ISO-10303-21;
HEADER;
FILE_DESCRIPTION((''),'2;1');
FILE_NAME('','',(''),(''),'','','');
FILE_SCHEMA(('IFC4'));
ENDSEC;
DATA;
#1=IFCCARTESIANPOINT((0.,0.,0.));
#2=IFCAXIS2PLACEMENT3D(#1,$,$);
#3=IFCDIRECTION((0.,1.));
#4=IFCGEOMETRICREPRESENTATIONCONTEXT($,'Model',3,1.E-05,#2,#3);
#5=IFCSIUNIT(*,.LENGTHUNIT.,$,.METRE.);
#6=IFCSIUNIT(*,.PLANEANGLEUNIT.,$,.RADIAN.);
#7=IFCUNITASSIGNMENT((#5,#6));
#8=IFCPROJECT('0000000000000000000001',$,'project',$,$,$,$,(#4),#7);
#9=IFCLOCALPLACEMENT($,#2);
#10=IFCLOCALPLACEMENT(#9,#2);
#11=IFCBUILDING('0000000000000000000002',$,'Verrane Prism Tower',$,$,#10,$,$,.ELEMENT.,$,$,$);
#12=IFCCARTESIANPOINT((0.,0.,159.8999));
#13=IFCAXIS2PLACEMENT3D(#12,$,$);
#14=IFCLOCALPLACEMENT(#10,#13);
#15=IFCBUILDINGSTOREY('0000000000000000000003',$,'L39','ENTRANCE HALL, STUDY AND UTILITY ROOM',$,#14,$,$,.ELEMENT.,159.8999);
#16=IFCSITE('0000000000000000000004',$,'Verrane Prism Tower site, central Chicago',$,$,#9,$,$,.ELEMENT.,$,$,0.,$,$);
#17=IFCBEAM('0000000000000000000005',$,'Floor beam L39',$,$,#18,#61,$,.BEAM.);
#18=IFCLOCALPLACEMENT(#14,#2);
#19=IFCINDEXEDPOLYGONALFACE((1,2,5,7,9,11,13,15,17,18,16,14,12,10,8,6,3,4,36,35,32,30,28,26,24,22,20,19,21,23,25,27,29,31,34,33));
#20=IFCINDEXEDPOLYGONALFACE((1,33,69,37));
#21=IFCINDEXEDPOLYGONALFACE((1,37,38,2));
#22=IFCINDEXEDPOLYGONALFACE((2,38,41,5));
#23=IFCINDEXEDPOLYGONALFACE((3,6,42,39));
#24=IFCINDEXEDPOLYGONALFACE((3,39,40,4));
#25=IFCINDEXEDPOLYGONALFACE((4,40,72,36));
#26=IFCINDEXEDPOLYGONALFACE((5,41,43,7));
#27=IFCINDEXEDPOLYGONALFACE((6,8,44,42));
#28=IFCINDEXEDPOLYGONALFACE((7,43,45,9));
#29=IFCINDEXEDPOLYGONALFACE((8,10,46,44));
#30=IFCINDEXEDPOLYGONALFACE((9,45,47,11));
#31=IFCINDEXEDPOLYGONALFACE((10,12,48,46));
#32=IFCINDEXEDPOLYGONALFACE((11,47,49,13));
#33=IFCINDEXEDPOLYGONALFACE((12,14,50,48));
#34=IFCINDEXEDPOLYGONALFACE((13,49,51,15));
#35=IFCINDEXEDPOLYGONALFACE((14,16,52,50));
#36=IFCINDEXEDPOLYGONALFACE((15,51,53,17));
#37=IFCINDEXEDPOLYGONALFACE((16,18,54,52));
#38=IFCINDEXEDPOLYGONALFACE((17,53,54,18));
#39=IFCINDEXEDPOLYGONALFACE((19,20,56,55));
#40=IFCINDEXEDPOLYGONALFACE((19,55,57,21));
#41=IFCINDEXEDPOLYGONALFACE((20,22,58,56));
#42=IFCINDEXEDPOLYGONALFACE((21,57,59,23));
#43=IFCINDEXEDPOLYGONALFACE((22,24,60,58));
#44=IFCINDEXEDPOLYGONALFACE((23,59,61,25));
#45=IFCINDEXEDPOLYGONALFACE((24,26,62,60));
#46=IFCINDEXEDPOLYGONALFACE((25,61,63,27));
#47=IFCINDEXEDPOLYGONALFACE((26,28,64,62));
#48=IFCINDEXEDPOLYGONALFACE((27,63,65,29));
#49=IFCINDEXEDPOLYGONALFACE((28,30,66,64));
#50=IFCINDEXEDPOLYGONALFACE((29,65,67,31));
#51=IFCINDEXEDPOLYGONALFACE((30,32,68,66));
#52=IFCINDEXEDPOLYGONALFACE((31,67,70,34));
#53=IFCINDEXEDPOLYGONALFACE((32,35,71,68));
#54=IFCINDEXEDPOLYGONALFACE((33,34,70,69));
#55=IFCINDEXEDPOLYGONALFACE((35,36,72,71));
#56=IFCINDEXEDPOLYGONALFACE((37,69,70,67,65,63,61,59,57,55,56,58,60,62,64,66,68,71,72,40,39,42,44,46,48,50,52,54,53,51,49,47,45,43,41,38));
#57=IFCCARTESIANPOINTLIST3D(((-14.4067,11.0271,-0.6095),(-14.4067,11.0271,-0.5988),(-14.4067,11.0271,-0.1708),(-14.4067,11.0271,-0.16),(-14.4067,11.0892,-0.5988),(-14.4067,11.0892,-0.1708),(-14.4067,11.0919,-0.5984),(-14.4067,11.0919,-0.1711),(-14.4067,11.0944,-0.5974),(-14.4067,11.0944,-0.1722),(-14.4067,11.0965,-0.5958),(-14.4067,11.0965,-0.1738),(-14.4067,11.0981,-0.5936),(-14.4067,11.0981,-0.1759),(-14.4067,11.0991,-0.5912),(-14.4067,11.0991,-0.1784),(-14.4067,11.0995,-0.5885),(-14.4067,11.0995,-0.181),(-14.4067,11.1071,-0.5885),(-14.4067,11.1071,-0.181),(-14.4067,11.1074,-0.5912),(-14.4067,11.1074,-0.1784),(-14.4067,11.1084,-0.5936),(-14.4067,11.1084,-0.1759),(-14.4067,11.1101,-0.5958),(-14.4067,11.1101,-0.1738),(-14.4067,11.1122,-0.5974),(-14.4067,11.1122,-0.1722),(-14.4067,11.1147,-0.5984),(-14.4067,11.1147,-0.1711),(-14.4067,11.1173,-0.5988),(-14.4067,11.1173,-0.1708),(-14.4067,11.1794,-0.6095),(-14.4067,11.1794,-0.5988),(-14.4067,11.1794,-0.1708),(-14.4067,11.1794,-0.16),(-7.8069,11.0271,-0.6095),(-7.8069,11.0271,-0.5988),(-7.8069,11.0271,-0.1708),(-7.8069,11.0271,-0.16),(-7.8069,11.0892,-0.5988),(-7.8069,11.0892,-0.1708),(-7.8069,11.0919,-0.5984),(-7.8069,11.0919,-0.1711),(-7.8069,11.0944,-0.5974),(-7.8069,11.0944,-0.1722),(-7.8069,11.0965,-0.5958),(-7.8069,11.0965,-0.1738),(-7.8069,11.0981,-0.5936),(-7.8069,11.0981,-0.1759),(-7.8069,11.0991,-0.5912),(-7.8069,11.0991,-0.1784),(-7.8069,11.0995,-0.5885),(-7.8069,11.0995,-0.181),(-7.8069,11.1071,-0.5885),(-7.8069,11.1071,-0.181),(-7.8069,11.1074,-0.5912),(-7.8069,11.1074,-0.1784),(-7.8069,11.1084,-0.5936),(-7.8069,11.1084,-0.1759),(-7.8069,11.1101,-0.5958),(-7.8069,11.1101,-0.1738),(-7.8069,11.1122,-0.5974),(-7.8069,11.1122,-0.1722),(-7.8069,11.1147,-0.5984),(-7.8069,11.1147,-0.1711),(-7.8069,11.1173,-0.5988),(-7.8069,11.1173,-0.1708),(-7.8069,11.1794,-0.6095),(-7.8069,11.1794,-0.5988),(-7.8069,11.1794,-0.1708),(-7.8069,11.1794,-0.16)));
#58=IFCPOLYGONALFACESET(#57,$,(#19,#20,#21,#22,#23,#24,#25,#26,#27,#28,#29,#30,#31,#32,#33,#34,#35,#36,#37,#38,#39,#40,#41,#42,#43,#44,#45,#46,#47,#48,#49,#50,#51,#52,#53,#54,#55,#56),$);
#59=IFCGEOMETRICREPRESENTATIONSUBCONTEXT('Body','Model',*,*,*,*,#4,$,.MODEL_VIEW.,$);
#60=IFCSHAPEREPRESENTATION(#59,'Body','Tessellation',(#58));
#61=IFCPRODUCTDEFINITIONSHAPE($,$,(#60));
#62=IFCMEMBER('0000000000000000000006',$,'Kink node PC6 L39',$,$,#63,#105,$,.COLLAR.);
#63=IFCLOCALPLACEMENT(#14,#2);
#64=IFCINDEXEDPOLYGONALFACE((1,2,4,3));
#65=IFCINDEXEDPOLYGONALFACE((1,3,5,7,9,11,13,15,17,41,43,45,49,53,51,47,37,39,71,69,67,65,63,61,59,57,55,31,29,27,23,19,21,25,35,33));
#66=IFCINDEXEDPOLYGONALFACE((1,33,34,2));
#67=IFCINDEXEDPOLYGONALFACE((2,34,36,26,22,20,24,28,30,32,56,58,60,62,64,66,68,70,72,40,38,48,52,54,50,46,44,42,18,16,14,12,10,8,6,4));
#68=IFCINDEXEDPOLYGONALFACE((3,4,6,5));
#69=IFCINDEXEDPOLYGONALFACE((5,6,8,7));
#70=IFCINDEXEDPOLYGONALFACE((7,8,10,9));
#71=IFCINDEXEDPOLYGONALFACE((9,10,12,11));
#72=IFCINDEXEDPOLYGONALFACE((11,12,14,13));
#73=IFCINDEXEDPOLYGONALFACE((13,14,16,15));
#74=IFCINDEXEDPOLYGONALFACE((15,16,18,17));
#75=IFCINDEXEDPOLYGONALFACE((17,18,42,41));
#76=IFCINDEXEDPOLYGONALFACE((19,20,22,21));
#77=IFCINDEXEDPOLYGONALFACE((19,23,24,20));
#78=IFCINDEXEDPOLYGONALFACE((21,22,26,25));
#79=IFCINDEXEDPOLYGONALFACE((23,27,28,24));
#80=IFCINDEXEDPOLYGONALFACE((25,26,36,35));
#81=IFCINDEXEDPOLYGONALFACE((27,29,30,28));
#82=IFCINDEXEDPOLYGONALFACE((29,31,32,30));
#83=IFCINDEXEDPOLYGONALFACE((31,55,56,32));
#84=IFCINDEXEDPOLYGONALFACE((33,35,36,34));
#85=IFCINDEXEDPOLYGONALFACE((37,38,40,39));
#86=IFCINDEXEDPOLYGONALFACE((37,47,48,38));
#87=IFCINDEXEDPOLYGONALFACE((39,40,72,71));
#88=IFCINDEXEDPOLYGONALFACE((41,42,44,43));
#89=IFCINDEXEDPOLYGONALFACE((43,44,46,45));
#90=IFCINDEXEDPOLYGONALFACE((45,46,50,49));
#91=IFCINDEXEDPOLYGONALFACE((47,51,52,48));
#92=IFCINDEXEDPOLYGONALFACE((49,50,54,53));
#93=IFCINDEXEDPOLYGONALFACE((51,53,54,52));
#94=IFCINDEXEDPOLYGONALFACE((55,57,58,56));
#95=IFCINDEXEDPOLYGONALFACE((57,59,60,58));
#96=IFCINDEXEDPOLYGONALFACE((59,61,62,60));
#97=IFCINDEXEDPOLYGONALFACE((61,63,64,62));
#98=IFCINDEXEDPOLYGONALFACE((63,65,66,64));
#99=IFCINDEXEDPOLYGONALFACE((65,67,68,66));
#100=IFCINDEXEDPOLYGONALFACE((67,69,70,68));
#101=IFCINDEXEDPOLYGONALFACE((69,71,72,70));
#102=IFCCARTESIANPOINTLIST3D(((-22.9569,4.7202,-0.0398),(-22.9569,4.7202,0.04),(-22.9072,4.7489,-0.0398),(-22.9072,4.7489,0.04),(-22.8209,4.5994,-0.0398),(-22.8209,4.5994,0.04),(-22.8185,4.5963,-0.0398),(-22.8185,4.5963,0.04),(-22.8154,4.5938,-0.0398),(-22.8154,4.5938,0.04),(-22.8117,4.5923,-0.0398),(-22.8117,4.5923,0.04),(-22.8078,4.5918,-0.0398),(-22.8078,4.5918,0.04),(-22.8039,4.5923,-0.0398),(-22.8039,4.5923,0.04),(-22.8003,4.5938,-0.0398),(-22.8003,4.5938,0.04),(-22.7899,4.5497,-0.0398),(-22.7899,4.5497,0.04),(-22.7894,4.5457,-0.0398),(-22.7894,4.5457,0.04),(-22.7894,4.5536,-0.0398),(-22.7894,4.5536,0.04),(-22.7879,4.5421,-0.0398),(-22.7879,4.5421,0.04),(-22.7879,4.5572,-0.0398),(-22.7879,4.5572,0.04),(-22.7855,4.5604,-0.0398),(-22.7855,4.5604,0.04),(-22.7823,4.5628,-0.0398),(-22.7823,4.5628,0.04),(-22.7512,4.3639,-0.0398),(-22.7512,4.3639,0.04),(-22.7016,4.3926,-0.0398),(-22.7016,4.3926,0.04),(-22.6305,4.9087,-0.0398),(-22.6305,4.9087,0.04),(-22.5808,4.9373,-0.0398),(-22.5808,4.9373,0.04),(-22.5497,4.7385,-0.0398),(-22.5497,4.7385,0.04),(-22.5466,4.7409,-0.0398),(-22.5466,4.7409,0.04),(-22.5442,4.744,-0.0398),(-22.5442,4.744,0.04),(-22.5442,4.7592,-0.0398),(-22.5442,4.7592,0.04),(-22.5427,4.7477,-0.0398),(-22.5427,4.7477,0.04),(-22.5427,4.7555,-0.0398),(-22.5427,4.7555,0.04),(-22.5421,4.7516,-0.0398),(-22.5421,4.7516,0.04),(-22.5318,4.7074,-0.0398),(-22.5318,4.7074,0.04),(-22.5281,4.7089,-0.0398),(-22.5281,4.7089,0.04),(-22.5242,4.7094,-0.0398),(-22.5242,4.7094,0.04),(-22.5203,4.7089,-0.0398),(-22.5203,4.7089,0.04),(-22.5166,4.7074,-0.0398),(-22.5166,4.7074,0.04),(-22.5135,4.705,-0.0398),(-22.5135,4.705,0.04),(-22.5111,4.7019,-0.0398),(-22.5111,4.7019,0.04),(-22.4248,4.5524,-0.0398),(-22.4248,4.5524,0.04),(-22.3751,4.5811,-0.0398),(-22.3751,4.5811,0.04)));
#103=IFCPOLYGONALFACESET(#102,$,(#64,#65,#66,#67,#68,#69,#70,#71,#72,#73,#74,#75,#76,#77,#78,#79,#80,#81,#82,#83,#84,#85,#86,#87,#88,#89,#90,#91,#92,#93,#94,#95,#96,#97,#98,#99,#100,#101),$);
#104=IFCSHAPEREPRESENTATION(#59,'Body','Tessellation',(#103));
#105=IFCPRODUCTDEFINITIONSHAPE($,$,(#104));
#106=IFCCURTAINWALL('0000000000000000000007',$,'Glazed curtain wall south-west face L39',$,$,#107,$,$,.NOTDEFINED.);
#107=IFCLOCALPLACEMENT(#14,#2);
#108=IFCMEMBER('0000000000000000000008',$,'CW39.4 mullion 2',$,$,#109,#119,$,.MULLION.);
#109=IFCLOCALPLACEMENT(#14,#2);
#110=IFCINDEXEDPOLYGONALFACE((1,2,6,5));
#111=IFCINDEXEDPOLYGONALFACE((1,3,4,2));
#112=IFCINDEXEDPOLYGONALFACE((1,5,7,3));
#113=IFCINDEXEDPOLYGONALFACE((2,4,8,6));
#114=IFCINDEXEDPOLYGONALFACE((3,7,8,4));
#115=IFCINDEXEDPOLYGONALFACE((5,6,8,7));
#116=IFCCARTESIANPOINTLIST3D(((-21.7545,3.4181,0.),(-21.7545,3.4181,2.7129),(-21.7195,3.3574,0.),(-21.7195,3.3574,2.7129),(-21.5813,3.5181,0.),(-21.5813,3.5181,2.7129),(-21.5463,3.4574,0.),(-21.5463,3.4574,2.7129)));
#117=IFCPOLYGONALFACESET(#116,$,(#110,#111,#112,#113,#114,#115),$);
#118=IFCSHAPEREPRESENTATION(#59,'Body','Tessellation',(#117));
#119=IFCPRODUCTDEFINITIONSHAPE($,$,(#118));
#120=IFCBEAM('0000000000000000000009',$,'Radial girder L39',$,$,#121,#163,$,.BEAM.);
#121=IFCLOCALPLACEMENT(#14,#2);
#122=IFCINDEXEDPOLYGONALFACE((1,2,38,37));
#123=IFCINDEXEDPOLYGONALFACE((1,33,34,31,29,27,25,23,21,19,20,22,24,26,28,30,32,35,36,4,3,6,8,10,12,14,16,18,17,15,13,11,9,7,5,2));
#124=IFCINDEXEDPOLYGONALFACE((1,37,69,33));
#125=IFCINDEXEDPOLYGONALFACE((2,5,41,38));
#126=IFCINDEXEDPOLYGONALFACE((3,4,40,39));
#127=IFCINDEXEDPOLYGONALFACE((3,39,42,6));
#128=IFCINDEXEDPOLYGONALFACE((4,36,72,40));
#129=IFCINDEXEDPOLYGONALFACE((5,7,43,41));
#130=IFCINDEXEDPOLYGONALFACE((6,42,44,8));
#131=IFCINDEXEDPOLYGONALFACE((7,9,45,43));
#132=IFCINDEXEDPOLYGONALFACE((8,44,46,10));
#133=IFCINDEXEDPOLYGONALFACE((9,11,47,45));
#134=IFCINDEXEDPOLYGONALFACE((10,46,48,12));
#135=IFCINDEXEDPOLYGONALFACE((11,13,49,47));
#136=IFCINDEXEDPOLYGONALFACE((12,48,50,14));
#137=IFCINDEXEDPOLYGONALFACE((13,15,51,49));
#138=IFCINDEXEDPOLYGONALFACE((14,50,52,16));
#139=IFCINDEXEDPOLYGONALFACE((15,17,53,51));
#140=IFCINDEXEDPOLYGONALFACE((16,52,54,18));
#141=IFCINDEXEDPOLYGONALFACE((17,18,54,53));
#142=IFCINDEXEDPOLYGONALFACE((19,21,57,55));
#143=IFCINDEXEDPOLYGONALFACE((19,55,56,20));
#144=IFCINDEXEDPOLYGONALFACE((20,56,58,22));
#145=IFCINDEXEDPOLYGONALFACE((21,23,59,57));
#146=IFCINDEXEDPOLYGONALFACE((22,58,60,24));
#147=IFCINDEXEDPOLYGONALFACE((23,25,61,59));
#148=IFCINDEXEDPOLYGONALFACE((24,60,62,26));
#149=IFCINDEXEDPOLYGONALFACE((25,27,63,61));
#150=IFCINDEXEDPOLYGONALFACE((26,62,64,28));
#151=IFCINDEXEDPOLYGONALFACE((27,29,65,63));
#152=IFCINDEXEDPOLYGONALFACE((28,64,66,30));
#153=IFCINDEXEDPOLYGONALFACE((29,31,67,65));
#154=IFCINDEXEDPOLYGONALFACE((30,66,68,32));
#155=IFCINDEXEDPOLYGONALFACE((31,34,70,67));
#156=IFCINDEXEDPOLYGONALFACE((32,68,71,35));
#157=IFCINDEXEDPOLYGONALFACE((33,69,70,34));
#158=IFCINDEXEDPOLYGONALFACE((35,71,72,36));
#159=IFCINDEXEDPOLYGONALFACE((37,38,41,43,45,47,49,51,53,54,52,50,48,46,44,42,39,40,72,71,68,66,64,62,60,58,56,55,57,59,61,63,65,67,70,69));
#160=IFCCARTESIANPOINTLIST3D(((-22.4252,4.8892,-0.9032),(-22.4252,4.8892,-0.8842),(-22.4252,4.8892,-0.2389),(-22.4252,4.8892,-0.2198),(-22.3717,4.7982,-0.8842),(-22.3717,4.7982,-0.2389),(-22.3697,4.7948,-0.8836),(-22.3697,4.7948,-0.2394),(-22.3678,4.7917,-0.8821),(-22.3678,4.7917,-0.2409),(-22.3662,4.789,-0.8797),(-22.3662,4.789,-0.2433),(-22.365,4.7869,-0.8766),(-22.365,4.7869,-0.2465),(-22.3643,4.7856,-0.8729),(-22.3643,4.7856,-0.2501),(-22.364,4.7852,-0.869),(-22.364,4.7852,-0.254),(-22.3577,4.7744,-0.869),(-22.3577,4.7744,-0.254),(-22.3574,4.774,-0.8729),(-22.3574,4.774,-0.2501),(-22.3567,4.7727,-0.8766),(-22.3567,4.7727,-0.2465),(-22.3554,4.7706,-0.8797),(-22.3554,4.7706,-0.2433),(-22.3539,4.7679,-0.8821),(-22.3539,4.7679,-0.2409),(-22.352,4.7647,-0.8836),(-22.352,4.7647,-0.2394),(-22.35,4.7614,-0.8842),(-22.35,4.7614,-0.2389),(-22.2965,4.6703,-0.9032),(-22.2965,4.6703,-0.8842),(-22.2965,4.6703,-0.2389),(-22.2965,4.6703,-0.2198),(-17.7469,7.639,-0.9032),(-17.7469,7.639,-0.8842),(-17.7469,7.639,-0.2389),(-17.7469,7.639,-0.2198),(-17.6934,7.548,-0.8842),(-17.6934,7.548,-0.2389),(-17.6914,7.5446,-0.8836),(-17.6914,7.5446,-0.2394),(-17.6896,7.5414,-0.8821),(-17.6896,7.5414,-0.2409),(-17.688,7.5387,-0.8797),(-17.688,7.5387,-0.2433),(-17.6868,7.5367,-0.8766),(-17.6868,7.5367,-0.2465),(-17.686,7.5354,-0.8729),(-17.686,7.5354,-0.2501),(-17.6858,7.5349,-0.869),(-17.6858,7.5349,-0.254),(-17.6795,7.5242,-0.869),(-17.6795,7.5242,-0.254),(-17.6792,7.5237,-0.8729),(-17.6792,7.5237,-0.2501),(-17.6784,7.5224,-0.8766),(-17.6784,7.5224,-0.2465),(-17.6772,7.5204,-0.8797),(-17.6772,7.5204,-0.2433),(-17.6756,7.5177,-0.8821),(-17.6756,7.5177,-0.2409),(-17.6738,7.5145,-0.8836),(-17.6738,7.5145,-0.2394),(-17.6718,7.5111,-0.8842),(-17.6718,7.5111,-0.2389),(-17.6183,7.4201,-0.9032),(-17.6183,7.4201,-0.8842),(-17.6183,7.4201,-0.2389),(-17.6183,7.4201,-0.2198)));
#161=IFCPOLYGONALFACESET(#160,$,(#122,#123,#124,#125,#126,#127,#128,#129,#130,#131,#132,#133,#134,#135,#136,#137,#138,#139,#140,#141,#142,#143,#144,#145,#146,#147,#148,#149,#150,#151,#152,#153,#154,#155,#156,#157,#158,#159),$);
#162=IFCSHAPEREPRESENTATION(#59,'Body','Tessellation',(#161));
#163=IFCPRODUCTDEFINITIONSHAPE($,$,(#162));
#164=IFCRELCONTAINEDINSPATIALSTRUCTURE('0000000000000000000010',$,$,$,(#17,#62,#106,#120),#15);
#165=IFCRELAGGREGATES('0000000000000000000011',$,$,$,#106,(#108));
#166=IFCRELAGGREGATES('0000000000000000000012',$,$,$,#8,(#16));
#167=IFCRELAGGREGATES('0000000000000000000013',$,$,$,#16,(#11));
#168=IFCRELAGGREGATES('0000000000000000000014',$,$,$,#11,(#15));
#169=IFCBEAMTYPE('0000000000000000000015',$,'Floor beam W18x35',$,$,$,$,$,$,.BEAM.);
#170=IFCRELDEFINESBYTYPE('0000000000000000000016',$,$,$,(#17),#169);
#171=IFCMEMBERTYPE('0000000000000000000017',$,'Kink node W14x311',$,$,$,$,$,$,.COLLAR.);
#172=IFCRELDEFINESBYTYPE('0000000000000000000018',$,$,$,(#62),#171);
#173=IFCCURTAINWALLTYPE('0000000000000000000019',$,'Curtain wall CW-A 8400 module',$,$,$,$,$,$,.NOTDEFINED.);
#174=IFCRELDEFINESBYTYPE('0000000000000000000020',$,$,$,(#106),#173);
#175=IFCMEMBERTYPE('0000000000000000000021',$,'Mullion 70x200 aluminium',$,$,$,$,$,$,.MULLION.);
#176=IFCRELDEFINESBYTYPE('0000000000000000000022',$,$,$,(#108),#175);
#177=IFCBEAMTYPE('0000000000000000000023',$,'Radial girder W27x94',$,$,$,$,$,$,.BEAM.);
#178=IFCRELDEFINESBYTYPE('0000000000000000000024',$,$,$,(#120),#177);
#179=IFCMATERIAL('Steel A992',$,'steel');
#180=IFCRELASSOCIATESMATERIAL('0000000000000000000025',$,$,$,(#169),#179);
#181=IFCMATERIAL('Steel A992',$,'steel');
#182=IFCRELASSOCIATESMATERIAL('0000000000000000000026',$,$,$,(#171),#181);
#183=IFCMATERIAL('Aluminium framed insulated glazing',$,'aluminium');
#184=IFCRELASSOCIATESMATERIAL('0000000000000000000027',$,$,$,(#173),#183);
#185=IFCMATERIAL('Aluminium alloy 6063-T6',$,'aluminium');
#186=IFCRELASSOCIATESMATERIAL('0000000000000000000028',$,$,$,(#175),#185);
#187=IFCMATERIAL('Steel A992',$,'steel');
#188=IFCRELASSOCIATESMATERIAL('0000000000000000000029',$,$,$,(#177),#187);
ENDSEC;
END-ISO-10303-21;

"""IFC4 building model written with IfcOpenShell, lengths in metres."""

from ifc_helpers import new_model, si_unit, direction, frame, origin, origin_2d, place, context, subcontext, project, spatial, rectangle, i_section, extrude, material, material_profile, profile_set, type_object, element, aggregate, save


model = new_model("IFC4")

# Units and contexts
model_context = context("Model", 3, precision=1e-05, world=origin(), true_north=direction((0.0, 1.0)))
body_context = subcontext(model_context, "Body", "Model", "MODEL_VIEW")
ifc_project = project(units=[si_unit("LENGTHUNIT", "METRE"), si_unit("PLANEANGLEUNIT", "RADIAN")], contexts=[model_context])

# Site, building, storey
site_placement = place(None, origin())
site = spatial("IfcSite", under=ifc_project, at=site_placement, Name="Verrane Prism Tower site, central Chicago", CompositionType="ELEMENT", RefElevation=0.0)
building_placement = place(site_placement, origin())
building = spatial("IfcBuilding", under=site, at=building_placement, Name="Verrane Prism Tower", CompositionType="ELEMENT")
storey_placement = place(building_placement, frame((0.0, 0.0, 159.8999)))
storey = spatial("IfcBuildingStorey", under=building, at=storey_placement, Name="L39", Description="ENTRANCE HALL, STUDY AND UTILITY ROOM", CompositionType="ELEMENT", Elevation=159.8999)

# Beam
ifc_material_1 = material(Name="Steel A992", Category="steel")
ifc_material_profile_1 = material_profile(ifc_material_1, i_section(OverallWidth=0.1523, OverallDepth=0.4495, WebThickness=0.0076, FlangeThickness=0.0107, FilletRadius=0.0103, at=origin_2d()), Name="W18x35")
ifc_profile_set_1 = profile_set([ifc_material_profile_1], Name="Steel A992")
beam_type_1 = type_object("IfcBeamType", Name="Floor beam W18x35", PredefinedType="BEAM", material=ifc_profile_set_1)
beam_1_placement = place(storey_placement, frame((-14.4067, 11.1033, -0.3848), z_axis=(1.0, 0.0, 0.0), x_axis=(0.0, 1.0, 0.0)))
element("IfcBeam", 1, at=beam_1_placement, inside=storey, type_object=beam_type_1, Name="Floor beam L39", PredefinedType="BEAM", context=body_context, shape_type="SweptSolid", body=[
    extrude(i_section(OverallWidth=0.1523, OverallDepth=0.4495, WebThickness=0.0076, FlangeThickness=0.0107, FilletRadius=0.0103, at=origin_2d()), origin(), (0.0, 0.0, 1.0), 6.5999),
])

# Member
ifc_material_2 = material(Name="Steel A992", Category="steel")
ifc_material_profile_2 = material_profile(ifc_material_2, i_section(OverallWidth=0.4114, OverallDepth=0.4343, WebThickness=0.0359, FlangeThickness=0.0574, FilletRadius=0.0151, at=origin_2d()), Name="W14x311")
ifc_profile_set_2 = profile_set([ifc_material_profile_2], Name="Steel A992")
member_type_1 = type_object("IfcMemberType", Name="Kink node W14x311", PredefinedType="COLLAR", material=ifc_profile_set_2)
member_1_placement = place(storey_placement, frame((-22.666, 4.6506, -0.0398), z_axis=(0.0, 0.0, 1.0), x_axis=(-0.5, 0.866025, 0.0)))
element("IfcMember", 2, at=member_1_placement, inside=storey, type_object=member_type_1, Name="Kink node PC6 L39", PredefinedType="COLLAR", context=body_context, shape_type="SweptSolid", body=[
    extrude(i_section(OverallWidth=0.4114, OverallDepth=0.4343, WebThickness=0.0359, FlangeThickness=0.0574, FilletRadius=0.0151, at=origin_2d()), origin(), (0.0, 0.0, 1.0), 0.0798),
])

# Curtain wall, member
ifc_material_3 = material(Name="Aluminium framed insulated glazing", Category="aluminium")
curtain_wall_type = type_object("IfcCurtainWallType", Name="Curtain wall CW-A 8400 module", PredefinedType="NOTDEFINED", material=ifc_material_3)
curtain_wall_placement = place(storey_placement, origin())
curtain_wall = element("IfcCurtainWall", 3, at=curtain_wall_placement, inside=storey, type_object=curtain_wall_type, Name="Glazed curtain wall south-west face L39", PredefinedType="NOTDEFINED")
ifc_material_4 = material(Name="Aluminium alloy 6063-T6", Category="aluminium")
ifc_material_profile_3 = material_profile(ifc_material_4, rectangle(XDim=0.2, YDim=0.0701, at=origin_2d()), Name="Mullion 70x200 aluminium")
ifc_profile_set_3 = profile_set([ifc_material_profile_3], Name="Aluminium alloy 6063-T6")
member_type_2 = type_object("IfcMemberType", Name="Mullion 70x200 aluminium", PredefinedType="MULLION", material=ifc_profile_set_3)
member_2_placement = place(storey_placement, frame((-21.6504, 3.4377, 0.0), z_axis=(0.0, 0.0, 1.0), x_axis=(0.866026, 0.499999, 0.0)))
member_2 = element("IfcMember", 4, at=member_2_placement, type_object=member_type_2, Name="CW39.4 mullion 2", PredefinedType="MULLION", context=body_context, shape_type="SweptSolid", body=[
    extrude(rectangle(XDim=0.2, YDim=0.0701, at=origin_2d()), origin(), (0.0, 0.0, 1.0), 2.7129),
])

# Beam
ifc_material_5 = material(Name="Steel A992", Category="steel")
ifc_material_profile_4 = material_profile(ifc_material_5, i_section(OverallWidth=0.2539, OverallDepth=0.6833, WebThickness=0.0125, FlangeThickness=0.019, FilletRadius=0.0151, at=origin_2d()), Name="W27x94")
ifc_profile_set_4 = profile_set([ifc_material_profile_4], Name="Steel A992")
beam_type_2 = type_object("IfcBeamType", Name="Radial girder W27x94", PredefinedType="BEAM", material=ifc_profile_set_4)
beam_2_placement = place(storey_placement, frame((-22.3608, 4.7798, -0.5615), z_axis=(0.862106, 0.506727, 0.0), x_axis=(-0.506727, 0.862106, 0.0)))
element("IfcBeam", 5, at=beam_2_placement, inside=storey, type_object=beam_type_2, Name="Radial girder L39", PredefinedType="BEAM", context=body_context, shape_type="SweptSolid", body=[
    extrude(i_section(OverallWidth=0.2539, OverallDepth=0.6833, WebThickness=0.0125, FlangeThickness=0.019, FilletRadius=0.0151, at=origin_2d()), origin(), (0.0, 0.0, 1.0), 5.4265),
])

aggregate(curtain_wall, [member_2])

save(model, "model.ifc")
